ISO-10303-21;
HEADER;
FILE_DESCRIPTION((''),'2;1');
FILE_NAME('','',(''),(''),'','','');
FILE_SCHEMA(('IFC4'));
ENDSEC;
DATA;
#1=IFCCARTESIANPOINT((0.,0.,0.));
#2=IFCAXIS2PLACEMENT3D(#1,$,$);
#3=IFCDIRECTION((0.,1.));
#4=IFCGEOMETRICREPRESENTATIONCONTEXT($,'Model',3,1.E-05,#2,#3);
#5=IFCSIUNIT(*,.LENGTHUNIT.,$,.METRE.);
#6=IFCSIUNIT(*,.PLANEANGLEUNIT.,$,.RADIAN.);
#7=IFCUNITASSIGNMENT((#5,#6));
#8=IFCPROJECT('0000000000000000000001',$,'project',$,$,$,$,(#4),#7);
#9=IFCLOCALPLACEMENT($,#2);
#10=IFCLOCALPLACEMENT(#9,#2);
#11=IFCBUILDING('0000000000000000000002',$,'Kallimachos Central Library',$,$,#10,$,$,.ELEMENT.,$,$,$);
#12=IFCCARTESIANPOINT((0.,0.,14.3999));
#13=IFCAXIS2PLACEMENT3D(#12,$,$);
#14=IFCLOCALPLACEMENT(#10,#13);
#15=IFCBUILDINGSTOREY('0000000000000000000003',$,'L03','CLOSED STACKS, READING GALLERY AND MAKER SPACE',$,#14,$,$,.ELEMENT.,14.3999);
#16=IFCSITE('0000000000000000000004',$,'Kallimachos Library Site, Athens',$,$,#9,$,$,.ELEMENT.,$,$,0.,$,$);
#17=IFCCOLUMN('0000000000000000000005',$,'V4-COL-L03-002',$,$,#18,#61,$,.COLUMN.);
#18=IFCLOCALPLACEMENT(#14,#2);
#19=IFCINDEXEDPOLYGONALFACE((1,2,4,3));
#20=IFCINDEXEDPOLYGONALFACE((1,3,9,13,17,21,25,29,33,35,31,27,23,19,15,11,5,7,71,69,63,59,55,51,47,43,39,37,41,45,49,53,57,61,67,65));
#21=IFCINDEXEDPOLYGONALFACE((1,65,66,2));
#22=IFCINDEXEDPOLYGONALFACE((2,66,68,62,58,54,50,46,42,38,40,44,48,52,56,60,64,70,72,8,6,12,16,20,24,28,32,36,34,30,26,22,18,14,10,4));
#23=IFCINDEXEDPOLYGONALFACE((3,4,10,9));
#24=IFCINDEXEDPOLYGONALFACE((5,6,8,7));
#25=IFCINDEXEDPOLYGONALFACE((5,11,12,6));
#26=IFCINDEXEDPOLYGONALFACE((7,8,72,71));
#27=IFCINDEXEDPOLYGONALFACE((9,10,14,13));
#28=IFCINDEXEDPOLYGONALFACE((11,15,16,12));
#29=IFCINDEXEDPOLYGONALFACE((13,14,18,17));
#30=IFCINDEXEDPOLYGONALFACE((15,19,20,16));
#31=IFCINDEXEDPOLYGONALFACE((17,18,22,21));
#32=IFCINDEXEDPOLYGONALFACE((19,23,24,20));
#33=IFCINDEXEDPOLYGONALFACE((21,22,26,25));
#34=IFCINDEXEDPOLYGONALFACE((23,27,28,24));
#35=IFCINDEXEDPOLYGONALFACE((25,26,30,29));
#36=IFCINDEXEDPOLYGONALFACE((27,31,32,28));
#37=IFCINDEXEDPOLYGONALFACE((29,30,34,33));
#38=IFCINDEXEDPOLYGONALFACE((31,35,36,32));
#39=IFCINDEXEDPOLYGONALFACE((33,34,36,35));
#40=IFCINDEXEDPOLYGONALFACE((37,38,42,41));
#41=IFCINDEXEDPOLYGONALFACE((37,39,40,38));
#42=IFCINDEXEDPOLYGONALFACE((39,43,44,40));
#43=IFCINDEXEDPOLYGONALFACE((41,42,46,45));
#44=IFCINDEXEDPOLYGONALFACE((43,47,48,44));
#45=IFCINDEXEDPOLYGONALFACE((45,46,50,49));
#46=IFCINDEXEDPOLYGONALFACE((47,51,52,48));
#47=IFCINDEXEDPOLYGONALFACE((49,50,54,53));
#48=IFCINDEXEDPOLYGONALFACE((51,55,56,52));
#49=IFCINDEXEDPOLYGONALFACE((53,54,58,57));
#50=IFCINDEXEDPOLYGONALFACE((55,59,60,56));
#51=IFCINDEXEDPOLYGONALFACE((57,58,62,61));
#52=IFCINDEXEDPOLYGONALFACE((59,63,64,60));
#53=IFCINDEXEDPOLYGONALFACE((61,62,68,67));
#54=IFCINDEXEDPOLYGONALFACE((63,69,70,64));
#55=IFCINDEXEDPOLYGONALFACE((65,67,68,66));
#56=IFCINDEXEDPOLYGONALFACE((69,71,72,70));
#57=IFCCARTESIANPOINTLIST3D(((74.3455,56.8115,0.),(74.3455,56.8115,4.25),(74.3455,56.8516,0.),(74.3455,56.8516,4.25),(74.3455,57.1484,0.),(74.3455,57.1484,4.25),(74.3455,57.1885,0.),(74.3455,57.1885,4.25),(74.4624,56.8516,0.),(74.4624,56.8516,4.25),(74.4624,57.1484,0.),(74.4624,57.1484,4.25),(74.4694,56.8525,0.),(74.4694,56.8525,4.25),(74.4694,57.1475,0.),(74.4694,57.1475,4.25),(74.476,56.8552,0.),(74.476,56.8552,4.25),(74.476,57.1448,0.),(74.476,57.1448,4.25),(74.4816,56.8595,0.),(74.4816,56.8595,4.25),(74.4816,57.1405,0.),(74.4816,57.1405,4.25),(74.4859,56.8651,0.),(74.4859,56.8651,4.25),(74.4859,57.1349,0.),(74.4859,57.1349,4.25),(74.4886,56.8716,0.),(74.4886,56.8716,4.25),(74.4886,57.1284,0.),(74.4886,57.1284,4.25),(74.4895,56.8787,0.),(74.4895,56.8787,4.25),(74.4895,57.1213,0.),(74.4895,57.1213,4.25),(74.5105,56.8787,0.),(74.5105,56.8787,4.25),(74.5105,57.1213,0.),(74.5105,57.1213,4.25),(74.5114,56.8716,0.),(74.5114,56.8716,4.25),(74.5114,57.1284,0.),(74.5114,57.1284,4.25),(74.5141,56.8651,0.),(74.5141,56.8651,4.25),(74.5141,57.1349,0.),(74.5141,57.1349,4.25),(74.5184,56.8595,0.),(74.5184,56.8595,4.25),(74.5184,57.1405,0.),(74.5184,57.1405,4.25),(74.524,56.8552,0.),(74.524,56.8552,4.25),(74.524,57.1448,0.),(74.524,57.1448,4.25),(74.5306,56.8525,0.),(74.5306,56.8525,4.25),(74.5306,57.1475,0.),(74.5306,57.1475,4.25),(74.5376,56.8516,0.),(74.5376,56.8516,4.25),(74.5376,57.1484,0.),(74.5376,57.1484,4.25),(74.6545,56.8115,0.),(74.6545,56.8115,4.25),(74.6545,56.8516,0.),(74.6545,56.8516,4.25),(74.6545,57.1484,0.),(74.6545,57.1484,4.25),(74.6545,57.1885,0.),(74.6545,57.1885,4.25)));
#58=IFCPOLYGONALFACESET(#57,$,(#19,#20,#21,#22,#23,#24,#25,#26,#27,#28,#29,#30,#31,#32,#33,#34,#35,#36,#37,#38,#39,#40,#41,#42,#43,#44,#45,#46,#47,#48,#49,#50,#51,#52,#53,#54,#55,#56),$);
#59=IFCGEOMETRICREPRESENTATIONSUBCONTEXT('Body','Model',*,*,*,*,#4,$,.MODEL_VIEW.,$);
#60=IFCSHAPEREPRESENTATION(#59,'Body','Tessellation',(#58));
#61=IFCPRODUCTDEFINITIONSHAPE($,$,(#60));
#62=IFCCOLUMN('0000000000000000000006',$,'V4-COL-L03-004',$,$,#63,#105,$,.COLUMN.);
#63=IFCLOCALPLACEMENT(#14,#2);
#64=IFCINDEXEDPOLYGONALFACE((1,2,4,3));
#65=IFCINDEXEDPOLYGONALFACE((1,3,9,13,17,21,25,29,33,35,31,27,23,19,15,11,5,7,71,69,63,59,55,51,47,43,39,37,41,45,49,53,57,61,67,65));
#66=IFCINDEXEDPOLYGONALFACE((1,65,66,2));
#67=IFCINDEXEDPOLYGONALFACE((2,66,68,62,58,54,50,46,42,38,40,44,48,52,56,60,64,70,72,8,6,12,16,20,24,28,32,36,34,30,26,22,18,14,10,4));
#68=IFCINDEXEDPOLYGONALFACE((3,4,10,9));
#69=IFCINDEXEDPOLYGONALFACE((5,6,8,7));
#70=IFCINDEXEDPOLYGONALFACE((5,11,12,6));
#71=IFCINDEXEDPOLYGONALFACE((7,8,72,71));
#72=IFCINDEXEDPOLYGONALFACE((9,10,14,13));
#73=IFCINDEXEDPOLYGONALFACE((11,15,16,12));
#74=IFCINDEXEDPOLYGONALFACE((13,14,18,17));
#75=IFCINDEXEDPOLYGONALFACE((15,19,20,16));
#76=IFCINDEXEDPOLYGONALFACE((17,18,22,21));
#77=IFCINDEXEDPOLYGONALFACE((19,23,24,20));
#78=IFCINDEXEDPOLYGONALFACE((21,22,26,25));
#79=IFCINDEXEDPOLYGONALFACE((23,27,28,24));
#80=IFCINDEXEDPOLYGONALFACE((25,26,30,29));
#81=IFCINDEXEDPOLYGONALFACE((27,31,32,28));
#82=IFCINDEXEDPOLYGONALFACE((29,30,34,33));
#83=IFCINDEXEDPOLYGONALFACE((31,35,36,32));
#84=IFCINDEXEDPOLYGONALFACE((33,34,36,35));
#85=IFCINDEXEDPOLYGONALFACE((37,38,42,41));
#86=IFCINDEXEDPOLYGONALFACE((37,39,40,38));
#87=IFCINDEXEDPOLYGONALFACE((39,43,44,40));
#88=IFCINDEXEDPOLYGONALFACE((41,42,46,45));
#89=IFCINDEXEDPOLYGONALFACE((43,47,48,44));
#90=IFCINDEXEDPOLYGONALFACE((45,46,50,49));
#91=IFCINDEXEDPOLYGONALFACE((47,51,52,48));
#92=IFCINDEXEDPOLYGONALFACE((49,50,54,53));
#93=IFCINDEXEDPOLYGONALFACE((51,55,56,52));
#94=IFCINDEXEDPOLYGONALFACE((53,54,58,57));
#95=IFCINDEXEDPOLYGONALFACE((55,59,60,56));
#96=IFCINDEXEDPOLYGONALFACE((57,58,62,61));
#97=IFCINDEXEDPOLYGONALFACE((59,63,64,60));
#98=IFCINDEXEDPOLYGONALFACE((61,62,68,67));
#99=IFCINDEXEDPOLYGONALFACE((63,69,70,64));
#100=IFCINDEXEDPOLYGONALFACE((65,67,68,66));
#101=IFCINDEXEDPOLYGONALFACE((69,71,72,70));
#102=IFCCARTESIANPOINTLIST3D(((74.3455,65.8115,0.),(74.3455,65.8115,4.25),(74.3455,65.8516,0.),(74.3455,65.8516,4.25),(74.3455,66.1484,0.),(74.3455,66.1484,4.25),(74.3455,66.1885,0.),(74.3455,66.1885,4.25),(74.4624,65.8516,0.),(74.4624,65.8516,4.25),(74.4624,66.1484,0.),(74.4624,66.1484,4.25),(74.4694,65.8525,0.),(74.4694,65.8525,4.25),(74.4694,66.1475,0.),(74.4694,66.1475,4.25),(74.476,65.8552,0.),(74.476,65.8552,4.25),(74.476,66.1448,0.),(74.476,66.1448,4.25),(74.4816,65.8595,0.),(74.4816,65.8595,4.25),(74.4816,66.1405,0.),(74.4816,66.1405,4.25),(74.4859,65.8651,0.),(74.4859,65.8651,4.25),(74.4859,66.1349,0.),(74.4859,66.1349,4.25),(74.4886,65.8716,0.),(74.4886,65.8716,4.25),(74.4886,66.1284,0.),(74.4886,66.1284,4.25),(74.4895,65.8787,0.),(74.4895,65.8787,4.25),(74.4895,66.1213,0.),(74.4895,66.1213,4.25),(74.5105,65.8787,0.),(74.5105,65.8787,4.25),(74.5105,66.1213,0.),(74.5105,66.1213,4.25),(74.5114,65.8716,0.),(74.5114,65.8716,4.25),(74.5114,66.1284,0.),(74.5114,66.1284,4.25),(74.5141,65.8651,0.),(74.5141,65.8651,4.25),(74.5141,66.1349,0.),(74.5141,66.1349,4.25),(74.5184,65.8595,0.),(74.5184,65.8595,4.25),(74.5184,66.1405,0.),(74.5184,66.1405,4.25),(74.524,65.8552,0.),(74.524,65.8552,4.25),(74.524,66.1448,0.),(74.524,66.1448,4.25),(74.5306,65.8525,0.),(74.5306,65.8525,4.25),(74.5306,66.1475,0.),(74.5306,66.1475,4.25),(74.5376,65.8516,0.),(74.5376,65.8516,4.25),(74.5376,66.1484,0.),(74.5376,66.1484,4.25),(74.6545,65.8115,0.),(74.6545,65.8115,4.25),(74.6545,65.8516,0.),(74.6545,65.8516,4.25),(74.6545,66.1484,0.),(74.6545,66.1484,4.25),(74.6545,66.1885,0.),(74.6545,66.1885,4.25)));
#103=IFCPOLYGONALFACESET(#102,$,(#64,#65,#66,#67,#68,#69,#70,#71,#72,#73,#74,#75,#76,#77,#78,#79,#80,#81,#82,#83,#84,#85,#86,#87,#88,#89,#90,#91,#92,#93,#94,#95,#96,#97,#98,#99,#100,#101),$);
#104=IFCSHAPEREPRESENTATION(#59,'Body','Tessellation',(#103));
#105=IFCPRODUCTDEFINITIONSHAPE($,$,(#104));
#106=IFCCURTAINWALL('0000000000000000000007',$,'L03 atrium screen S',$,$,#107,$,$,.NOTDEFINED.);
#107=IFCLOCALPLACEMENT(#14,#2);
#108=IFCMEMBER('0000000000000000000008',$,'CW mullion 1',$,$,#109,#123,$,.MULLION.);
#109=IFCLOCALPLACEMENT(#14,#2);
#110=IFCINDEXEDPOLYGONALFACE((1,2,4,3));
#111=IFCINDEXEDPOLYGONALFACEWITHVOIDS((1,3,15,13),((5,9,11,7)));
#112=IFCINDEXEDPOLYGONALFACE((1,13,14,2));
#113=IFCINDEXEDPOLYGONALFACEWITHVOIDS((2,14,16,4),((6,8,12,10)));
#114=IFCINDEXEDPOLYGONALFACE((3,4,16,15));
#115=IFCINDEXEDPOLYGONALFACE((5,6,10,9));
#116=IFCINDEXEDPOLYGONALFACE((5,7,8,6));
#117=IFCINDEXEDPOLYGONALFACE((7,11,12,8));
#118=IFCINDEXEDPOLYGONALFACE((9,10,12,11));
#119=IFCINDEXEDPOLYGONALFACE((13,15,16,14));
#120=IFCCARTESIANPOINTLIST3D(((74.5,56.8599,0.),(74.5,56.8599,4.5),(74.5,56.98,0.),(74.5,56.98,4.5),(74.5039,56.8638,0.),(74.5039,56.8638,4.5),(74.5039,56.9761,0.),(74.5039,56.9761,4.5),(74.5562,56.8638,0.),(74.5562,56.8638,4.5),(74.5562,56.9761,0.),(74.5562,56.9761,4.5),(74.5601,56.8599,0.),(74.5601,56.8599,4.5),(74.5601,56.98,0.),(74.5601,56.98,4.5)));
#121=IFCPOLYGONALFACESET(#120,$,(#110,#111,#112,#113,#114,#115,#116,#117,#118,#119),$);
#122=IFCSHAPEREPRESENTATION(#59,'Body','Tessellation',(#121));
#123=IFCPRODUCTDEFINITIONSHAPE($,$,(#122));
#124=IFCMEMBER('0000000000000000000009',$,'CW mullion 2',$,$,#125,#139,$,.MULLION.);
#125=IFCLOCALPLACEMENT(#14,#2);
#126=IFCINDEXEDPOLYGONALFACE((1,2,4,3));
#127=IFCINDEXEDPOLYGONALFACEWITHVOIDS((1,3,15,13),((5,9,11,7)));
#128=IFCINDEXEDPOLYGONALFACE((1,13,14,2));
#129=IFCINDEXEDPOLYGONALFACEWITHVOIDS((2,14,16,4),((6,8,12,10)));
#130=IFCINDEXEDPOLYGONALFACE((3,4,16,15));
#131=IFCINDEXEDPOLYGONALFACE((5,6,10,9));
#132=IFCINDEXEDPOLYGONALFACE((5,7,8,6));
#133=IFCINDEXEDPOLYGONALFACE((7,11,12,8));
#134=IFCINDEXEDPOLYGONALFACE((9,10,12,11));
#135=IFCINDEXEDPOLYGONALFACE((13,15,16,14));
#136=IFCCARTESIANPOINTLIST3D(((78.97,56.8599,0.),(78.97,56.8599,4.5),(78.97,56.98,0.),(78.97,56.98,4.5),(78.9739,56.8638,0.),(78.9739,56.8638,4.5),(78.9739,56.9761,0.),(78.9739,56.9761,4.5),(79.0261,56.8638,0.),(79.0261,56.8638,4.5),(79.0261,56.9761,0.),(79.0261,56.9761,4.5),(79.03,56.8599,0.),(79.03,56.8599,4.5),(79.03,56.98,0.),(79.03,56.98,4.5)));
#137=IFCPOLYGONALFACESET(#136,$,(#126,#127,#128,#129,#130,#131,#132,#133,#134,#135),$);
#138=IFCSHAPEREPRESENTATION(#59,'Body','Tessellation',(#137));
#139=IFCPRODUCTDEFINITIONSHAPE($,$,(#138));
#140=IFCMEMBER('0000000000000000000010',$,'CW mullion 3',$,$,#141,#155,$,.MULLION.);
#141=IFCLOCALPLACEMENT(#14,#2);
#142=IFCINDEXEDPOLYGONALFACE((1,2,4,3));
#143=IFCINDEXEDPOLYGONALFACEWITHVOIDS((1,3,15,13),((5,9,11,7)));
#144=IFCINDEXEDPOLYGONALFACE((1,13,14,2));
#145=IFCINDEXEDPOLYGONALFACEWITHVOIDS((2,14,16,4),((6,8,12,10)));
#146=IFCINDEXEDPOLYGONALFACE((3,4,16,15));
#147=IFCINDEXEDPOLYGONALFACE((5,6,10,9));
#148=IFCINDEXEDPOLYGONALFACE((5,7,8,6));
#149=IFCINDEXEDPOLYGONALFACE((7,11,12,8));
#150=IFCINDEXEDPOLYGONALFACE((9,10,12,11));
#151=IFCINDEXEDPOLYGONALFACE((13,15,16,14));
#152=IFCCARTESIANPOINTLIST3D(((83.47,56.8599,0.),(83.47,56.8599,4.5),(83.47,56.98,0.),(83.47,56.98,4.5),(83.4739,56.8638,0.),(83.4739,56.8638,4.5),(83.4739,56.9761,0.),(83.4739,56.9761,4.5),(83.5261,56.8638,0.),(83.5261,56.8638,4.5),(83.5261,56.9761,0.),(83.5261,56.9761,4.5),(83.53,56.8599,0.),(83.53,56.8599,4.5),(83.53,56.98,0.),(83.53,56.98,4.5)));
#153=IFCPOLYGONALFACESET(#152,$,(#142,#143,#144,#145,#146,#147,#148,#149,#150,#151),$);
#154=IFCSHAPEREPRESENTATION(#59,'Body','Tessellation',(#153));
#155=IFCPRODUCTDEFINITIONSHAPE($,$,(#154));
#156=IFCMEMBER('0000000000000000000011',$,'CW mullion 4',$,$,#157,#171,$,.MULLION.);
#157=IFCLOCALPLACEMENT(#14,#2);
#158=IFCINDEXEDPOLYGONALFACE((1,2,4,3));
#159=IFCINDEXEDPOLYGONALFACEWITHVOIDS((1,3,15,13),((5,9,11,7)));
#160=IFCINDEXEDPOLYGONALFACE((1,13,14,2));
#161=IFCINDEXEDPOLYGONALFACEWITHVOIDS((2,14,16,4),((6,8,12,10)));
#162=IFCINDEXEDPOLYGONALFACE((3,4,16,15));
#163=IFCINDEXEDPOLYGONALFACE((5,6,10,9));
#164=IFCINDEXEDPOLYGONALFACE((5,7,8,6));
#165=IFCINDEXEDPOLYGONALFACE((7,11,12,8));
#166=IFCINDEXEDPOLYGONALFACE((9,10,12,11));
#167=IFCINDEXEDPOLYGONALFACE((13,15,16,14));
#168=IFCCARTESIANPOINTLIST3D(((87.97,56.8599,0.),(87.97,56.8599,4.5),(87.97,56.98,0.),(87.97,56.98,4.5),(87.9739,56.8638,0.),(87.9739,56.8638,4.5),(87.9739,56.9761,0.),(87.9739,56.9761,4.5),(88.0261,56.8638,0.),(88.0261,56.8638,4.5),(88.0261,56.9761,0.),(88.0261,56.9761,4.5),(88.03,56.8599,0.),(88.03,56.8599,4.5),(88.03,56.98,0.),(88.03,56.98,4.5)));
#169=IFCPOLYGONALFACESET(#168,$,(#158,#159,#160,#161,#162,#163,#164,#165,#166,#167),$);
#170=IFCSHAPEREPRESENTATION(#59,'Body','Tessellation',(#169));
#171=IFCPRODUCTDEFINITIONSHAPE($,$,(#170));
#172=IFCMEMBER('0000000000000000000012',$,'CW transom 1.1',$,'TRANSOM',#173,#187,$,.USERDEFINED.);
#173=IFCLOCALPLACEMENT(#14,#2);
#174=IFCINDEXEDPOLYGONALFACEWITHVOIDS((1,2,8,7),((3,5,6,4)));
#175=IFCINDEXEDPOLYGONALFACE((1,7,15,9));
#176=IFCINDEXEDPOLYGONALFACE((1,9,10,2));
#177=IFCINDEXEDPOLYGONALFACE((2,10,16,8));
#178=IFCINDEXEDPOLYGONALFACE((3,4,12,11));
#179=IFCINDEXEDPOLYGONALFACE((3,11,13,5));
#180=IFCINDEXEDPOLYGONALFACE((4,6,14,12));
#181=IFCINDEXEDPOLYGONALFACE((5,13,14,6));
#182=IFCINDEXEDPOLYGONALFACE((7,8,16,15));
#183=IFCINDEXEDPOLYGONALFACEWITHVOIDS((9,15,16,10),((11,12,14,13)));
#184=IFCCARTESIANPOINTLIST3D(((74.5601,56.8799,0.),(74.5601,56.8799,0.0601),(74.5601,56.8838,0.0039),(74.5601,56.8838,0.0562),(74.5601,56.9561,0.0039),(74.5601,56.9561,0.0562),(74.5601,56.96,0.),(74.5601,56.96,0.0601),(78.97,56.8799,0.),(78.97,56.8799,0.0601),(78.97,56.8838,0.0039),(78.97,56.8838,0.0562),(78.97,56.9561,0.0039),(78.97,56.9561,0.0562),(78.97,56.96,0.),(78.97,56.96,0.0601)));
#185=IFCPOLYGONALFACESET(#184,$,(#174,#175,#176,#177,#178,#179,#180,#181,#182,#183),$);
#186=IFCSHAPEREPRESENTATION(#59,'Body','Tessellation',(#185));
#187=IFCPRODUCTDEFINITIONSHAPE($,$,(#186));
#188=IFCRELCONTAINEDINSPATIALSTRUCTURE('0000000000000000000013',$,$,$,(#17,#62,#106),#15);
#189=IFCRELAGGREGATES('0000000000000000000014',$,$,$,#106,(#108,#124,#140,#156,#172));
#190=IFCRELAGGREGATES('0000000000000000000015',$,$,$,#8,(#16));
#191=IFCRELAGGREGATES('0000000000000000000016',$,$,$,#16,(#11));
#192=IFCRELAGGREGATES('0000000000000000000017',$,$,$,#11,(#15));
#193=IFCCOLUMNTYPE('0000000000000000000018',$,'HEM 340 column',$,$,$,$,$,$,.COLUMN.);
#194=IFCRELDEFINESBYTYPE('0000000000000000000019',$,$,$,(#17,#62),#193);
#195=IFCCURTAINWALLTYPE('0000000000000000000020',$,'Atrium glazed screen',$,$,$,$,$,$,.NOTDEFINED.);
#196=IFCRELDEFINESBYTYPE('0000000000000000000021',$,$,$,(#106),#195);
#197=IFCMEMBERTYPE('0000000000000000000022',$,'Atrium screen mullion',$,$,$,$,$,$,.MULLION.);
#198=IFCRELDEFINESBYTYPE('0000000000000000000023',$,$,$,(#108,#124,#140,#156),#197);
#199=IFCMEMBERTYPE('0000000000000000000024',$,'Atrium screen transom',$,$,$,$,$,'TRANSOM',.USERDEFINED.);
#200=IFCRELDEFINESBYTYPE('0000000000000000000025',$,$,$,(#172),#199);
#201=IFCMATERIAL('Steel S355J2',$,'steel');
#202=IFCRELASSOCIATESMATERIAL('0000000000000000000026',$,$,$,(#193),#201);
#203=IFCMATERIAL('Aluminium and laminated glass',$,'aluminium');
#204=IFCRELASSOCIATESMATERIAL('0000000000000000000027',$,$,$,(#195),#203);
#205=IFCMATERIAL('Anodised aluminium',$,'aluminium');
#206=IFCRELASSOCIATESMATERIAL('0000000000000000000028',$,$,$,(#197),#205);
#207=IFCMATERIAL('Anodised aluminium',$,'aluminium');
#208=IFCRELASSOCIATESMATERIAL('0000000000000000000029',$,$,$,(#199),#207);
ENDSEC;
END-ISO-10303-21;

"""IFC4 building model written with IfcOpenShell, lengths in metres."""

from ifc_helpers import new_model, si_unit, direction, frame, origin, origin_2d, place, context, subcontext, project, spatial, hollow_rectangle, i_section, extrude, material, material_profile, profile_set, type_object, element, aggregate, save


model = new_model("IFC4")

# Units and contexts
model_context = context("Model", 3, precision=1e-05, world=origin(), true_north=direction((0.0, 1.0)))
body_context = subcontext(model_context, "Body", "Model", "MODEL_VIEW")
ifc_project = project(units=[si_unit("LENGTHUNIT", "METRE"), si_unit("PLANEANGLEUNIT", "RADIAN")], contexts=[model_context])

# Site, building, storey
site_placement = place(None, origin())
site = spatial("IfcSite", under=ifc_project, at=site_placement, Name="Kallimachos Library Site, Athens", CompositionType="ELEMENT", RefElevation=0.0)
building_placement = place(site_placement, origin())
building = spatial("IfcBuilding", under=site, at=building_placement, Name="Kallimachos Central Library", CompositionType="ELEMENT")
storey_placement = place(building_placement, frame((0.0, 0.0, 14.3999)))
storey = spatial("IfcBuildingStorey", under=building, at=storey_placement, Name="L03", Description="CLOSED STACKS, READING GALLERY AND MAKER SPACE", CompositionType="ELEMENT", Elevation=14.3999)

# Columns
ifc_material_1 = material(Name="Steel S355J2", Category="steel")
ifc_material_profile_1 = material_profile(ifc_material_1, i_section(OverallWidth=0.3091, OverallDepth=0.377, WebThickness=0.021, FlangeThickness=0.04, FilletRadius=0.0271, at=origin_2d()), Name="HEM 340")
ifc_profile_set_1 = profile_set([ifc_material_profile_1], Name="Steel S355J2")
column_type = type_object("IfcColumnType", Name="HEM 340 column", PredefinedType="COLUMN", material=ifc_profile_set_1)
for number, where, z_axis, x_axis, name in (
    (1, (74.5, 57.0, 0.0), (0.0, 0.0, 1.0), (1.0, 0.0, 0.0), "V4-COL-L03-002"),
    (2, (74.5, 66.0, 0.0), (0.0, 0.0, 1.0), (1.0, 0.0, 0.0), "V4-COL-L03-004"),
):
    element("IfcColumn", number, at=place(storey_placement, frame(where, z_axis=z_axis, x_axis=x_axis)), inside=storey, type_object=column_type, Name=name, PredefinedType="COLUMN", context=body_context, shape_type="SweptSolid", body=[
        extrude(i_section(OverallWidth=0.3091, OverallDepth=0.377, WebThickness=0.021, FlangeThickness=0.04, FilletRadius=0.0271, at=origin_2d()), origin(), (0.0, 0.0, 1.0), 4.25),
    ])

# Curtain wall, members
ifc_material_2 = material(Name="Aluminium and laminated glass", Category="aluminium")
curtain_wall_type = type_object("IfcCurtainWallType", Name="Atrium glazed screen", PredefinedType="NOTDEFINED", material=ifc_material_2)
curtain_wall_1_placement = place(storey_placement, origin())
curtain_wall_1 = element("IfcCurtainWall", 3, at=curtain_wall_1_placement, inside=storey, type_object=curtain_wall_type, Name="L03 atrium screen S", PredefinedType="NOTDEFINED")
ifc_material_3 = material(Name="Anodised aluminium", Category="aluminium")
ifc_material_profile_2 = material_profile(ifc_material_3, hollow_rectangle(XDim=0.0601, YDim=0.1201, WallThickness=0.0039, at=origin_2d()), Name="ALU MULLION 60x120")
ifc_profile_set_2 = profile_set([ifc_material_profile_2], Name="Anodised aluminium")
member_type_1 = type_object("IfcMemberType", Name="Atrium screen mullion", PredefinedType="MULLION", material=ifc_profile_set_2)
member_1_placement = place(storey_placement, frame((74.53, 56.9199, 0.0), z_axis=(0.0, 0.0, 1.0), x_axis=(1.0, 0.0, 0.0)))
member_1 = element("IfcMember", 4, at=member_1_placement, type_object=member_type_1, Name="CW mullion 1", PredefinedType="MULLION", context=body_context, shape_type="SweptSolid", body=[
    extrude(hollow_rectangle(XDim=0.0601, YDim=0.1201, WallThickness=0.0039, at=origin_2d()), origin(), (0.0, 0.0, 1.0), 4.5),
])
member_2_placement = place(storey_placement, frame((79.0, 56.9199, 0.0), z_axis=(0.0, 0.0, 1.0), x_axis=(1.0, 0.0, 0.0)))
member_2 = element("IfcMember", 5, at=member_2_placement, type_object=member_type_1, Name="CW mullion 2", PredefinedType="MULLION", context=body_context, shape_type="SweptSolid", body=[
    extrude(hollow_rectangle(XDim=0.0601, YDim=0.1201, WallThickness=0.0039, at=origin_2d()), origin(), (0.0, 0.0, 1.0), 4.5),
])
member_3_placement = place(storey_placement, frame((83.5, 56.9199, 0.0), z_axis=(0.0, 0.0, 1.0), x_axis=(1.0, 0.0, 0.0)))
member_3 = element("IfcMember", 6, at=member_3_placement, type_object=member_type_1, Name="CW mullion 3", PredefinedType="MULLION", context=body_context, shape_type="SweptSolid", body=[
    extrude(hollow_rectangle(XDim=0.0601, YDim=0.1201, WallThickness=0.0039, at=origin_2d()), origin(), (0.0, 0.0, 1.0), 4.5),
])
member_4_placement = place(storey_placement, frame((88.0, 56.9199, 0.0), z_axis=(0.0, 0.0, 1.0), x_axis=(1.0, 0.0, 0.0)))
member_4 = element("IfcMember", 7, at=member_4_placement, type_object=member_type_1, Name="CW mullion 4", PredefinedType="MULLION", context=body_context, shape_type="SweptSolid", body=[
    extrude(hollow_rectangle(XDim=0.0601, YDim=0.1201, WallThickness=0.0039, at=origin_2d()), origin(), (0.0, 0.0, 1.0), 4.5),
])
ifc_material_4 = material(Name="Anodised aluminium", Category="aluminium")
ifc_material_profile_3 = material_profile(ifc_material_4, hollow_rectangle(XDim=0.0601, YDim=0.0801, WallThickness=0.0039, at=origin_2d()), Name="ALU TRANSOM 60x80")
ifc_profile_set_3 = profile_set([ifc_material_profile_3], Name="Anodised aluminium")
member_type_2 = type_object("IfcMemberType", Name="Atrium screen transom", ElementType="TRANSOM", PredefinedType="USERDEFINED", material=ifc_profile_set_3)
member_5_placement = place(storey_placement, frame((74.5601, 56.9199, 0.03), z_axis=(1.0, 0.0, 0.0), x_axis=(0.0, 0.0, 1.0)))
member_5 = element("IfcMember", 8, at=member_5_placement, type_object=member_type_2, Name="CW transom 1.1", ObjectType="TRANSOM", PredefinedType="USERDEFINED", context=body_context, shape_type="SweptSolid", body=[
    extrude(hollow_rectangle(XDim=0.0601, YDim=0.0801, WallThickness=0.0039, at=origin_2d()), origin(), (0.0, 0.0, 1.0), 4.4099),
])

aggregate(curtain_wall_1, [member_1, member_2, member_3, member_4, member_5])

save(model, "model.ifc")
